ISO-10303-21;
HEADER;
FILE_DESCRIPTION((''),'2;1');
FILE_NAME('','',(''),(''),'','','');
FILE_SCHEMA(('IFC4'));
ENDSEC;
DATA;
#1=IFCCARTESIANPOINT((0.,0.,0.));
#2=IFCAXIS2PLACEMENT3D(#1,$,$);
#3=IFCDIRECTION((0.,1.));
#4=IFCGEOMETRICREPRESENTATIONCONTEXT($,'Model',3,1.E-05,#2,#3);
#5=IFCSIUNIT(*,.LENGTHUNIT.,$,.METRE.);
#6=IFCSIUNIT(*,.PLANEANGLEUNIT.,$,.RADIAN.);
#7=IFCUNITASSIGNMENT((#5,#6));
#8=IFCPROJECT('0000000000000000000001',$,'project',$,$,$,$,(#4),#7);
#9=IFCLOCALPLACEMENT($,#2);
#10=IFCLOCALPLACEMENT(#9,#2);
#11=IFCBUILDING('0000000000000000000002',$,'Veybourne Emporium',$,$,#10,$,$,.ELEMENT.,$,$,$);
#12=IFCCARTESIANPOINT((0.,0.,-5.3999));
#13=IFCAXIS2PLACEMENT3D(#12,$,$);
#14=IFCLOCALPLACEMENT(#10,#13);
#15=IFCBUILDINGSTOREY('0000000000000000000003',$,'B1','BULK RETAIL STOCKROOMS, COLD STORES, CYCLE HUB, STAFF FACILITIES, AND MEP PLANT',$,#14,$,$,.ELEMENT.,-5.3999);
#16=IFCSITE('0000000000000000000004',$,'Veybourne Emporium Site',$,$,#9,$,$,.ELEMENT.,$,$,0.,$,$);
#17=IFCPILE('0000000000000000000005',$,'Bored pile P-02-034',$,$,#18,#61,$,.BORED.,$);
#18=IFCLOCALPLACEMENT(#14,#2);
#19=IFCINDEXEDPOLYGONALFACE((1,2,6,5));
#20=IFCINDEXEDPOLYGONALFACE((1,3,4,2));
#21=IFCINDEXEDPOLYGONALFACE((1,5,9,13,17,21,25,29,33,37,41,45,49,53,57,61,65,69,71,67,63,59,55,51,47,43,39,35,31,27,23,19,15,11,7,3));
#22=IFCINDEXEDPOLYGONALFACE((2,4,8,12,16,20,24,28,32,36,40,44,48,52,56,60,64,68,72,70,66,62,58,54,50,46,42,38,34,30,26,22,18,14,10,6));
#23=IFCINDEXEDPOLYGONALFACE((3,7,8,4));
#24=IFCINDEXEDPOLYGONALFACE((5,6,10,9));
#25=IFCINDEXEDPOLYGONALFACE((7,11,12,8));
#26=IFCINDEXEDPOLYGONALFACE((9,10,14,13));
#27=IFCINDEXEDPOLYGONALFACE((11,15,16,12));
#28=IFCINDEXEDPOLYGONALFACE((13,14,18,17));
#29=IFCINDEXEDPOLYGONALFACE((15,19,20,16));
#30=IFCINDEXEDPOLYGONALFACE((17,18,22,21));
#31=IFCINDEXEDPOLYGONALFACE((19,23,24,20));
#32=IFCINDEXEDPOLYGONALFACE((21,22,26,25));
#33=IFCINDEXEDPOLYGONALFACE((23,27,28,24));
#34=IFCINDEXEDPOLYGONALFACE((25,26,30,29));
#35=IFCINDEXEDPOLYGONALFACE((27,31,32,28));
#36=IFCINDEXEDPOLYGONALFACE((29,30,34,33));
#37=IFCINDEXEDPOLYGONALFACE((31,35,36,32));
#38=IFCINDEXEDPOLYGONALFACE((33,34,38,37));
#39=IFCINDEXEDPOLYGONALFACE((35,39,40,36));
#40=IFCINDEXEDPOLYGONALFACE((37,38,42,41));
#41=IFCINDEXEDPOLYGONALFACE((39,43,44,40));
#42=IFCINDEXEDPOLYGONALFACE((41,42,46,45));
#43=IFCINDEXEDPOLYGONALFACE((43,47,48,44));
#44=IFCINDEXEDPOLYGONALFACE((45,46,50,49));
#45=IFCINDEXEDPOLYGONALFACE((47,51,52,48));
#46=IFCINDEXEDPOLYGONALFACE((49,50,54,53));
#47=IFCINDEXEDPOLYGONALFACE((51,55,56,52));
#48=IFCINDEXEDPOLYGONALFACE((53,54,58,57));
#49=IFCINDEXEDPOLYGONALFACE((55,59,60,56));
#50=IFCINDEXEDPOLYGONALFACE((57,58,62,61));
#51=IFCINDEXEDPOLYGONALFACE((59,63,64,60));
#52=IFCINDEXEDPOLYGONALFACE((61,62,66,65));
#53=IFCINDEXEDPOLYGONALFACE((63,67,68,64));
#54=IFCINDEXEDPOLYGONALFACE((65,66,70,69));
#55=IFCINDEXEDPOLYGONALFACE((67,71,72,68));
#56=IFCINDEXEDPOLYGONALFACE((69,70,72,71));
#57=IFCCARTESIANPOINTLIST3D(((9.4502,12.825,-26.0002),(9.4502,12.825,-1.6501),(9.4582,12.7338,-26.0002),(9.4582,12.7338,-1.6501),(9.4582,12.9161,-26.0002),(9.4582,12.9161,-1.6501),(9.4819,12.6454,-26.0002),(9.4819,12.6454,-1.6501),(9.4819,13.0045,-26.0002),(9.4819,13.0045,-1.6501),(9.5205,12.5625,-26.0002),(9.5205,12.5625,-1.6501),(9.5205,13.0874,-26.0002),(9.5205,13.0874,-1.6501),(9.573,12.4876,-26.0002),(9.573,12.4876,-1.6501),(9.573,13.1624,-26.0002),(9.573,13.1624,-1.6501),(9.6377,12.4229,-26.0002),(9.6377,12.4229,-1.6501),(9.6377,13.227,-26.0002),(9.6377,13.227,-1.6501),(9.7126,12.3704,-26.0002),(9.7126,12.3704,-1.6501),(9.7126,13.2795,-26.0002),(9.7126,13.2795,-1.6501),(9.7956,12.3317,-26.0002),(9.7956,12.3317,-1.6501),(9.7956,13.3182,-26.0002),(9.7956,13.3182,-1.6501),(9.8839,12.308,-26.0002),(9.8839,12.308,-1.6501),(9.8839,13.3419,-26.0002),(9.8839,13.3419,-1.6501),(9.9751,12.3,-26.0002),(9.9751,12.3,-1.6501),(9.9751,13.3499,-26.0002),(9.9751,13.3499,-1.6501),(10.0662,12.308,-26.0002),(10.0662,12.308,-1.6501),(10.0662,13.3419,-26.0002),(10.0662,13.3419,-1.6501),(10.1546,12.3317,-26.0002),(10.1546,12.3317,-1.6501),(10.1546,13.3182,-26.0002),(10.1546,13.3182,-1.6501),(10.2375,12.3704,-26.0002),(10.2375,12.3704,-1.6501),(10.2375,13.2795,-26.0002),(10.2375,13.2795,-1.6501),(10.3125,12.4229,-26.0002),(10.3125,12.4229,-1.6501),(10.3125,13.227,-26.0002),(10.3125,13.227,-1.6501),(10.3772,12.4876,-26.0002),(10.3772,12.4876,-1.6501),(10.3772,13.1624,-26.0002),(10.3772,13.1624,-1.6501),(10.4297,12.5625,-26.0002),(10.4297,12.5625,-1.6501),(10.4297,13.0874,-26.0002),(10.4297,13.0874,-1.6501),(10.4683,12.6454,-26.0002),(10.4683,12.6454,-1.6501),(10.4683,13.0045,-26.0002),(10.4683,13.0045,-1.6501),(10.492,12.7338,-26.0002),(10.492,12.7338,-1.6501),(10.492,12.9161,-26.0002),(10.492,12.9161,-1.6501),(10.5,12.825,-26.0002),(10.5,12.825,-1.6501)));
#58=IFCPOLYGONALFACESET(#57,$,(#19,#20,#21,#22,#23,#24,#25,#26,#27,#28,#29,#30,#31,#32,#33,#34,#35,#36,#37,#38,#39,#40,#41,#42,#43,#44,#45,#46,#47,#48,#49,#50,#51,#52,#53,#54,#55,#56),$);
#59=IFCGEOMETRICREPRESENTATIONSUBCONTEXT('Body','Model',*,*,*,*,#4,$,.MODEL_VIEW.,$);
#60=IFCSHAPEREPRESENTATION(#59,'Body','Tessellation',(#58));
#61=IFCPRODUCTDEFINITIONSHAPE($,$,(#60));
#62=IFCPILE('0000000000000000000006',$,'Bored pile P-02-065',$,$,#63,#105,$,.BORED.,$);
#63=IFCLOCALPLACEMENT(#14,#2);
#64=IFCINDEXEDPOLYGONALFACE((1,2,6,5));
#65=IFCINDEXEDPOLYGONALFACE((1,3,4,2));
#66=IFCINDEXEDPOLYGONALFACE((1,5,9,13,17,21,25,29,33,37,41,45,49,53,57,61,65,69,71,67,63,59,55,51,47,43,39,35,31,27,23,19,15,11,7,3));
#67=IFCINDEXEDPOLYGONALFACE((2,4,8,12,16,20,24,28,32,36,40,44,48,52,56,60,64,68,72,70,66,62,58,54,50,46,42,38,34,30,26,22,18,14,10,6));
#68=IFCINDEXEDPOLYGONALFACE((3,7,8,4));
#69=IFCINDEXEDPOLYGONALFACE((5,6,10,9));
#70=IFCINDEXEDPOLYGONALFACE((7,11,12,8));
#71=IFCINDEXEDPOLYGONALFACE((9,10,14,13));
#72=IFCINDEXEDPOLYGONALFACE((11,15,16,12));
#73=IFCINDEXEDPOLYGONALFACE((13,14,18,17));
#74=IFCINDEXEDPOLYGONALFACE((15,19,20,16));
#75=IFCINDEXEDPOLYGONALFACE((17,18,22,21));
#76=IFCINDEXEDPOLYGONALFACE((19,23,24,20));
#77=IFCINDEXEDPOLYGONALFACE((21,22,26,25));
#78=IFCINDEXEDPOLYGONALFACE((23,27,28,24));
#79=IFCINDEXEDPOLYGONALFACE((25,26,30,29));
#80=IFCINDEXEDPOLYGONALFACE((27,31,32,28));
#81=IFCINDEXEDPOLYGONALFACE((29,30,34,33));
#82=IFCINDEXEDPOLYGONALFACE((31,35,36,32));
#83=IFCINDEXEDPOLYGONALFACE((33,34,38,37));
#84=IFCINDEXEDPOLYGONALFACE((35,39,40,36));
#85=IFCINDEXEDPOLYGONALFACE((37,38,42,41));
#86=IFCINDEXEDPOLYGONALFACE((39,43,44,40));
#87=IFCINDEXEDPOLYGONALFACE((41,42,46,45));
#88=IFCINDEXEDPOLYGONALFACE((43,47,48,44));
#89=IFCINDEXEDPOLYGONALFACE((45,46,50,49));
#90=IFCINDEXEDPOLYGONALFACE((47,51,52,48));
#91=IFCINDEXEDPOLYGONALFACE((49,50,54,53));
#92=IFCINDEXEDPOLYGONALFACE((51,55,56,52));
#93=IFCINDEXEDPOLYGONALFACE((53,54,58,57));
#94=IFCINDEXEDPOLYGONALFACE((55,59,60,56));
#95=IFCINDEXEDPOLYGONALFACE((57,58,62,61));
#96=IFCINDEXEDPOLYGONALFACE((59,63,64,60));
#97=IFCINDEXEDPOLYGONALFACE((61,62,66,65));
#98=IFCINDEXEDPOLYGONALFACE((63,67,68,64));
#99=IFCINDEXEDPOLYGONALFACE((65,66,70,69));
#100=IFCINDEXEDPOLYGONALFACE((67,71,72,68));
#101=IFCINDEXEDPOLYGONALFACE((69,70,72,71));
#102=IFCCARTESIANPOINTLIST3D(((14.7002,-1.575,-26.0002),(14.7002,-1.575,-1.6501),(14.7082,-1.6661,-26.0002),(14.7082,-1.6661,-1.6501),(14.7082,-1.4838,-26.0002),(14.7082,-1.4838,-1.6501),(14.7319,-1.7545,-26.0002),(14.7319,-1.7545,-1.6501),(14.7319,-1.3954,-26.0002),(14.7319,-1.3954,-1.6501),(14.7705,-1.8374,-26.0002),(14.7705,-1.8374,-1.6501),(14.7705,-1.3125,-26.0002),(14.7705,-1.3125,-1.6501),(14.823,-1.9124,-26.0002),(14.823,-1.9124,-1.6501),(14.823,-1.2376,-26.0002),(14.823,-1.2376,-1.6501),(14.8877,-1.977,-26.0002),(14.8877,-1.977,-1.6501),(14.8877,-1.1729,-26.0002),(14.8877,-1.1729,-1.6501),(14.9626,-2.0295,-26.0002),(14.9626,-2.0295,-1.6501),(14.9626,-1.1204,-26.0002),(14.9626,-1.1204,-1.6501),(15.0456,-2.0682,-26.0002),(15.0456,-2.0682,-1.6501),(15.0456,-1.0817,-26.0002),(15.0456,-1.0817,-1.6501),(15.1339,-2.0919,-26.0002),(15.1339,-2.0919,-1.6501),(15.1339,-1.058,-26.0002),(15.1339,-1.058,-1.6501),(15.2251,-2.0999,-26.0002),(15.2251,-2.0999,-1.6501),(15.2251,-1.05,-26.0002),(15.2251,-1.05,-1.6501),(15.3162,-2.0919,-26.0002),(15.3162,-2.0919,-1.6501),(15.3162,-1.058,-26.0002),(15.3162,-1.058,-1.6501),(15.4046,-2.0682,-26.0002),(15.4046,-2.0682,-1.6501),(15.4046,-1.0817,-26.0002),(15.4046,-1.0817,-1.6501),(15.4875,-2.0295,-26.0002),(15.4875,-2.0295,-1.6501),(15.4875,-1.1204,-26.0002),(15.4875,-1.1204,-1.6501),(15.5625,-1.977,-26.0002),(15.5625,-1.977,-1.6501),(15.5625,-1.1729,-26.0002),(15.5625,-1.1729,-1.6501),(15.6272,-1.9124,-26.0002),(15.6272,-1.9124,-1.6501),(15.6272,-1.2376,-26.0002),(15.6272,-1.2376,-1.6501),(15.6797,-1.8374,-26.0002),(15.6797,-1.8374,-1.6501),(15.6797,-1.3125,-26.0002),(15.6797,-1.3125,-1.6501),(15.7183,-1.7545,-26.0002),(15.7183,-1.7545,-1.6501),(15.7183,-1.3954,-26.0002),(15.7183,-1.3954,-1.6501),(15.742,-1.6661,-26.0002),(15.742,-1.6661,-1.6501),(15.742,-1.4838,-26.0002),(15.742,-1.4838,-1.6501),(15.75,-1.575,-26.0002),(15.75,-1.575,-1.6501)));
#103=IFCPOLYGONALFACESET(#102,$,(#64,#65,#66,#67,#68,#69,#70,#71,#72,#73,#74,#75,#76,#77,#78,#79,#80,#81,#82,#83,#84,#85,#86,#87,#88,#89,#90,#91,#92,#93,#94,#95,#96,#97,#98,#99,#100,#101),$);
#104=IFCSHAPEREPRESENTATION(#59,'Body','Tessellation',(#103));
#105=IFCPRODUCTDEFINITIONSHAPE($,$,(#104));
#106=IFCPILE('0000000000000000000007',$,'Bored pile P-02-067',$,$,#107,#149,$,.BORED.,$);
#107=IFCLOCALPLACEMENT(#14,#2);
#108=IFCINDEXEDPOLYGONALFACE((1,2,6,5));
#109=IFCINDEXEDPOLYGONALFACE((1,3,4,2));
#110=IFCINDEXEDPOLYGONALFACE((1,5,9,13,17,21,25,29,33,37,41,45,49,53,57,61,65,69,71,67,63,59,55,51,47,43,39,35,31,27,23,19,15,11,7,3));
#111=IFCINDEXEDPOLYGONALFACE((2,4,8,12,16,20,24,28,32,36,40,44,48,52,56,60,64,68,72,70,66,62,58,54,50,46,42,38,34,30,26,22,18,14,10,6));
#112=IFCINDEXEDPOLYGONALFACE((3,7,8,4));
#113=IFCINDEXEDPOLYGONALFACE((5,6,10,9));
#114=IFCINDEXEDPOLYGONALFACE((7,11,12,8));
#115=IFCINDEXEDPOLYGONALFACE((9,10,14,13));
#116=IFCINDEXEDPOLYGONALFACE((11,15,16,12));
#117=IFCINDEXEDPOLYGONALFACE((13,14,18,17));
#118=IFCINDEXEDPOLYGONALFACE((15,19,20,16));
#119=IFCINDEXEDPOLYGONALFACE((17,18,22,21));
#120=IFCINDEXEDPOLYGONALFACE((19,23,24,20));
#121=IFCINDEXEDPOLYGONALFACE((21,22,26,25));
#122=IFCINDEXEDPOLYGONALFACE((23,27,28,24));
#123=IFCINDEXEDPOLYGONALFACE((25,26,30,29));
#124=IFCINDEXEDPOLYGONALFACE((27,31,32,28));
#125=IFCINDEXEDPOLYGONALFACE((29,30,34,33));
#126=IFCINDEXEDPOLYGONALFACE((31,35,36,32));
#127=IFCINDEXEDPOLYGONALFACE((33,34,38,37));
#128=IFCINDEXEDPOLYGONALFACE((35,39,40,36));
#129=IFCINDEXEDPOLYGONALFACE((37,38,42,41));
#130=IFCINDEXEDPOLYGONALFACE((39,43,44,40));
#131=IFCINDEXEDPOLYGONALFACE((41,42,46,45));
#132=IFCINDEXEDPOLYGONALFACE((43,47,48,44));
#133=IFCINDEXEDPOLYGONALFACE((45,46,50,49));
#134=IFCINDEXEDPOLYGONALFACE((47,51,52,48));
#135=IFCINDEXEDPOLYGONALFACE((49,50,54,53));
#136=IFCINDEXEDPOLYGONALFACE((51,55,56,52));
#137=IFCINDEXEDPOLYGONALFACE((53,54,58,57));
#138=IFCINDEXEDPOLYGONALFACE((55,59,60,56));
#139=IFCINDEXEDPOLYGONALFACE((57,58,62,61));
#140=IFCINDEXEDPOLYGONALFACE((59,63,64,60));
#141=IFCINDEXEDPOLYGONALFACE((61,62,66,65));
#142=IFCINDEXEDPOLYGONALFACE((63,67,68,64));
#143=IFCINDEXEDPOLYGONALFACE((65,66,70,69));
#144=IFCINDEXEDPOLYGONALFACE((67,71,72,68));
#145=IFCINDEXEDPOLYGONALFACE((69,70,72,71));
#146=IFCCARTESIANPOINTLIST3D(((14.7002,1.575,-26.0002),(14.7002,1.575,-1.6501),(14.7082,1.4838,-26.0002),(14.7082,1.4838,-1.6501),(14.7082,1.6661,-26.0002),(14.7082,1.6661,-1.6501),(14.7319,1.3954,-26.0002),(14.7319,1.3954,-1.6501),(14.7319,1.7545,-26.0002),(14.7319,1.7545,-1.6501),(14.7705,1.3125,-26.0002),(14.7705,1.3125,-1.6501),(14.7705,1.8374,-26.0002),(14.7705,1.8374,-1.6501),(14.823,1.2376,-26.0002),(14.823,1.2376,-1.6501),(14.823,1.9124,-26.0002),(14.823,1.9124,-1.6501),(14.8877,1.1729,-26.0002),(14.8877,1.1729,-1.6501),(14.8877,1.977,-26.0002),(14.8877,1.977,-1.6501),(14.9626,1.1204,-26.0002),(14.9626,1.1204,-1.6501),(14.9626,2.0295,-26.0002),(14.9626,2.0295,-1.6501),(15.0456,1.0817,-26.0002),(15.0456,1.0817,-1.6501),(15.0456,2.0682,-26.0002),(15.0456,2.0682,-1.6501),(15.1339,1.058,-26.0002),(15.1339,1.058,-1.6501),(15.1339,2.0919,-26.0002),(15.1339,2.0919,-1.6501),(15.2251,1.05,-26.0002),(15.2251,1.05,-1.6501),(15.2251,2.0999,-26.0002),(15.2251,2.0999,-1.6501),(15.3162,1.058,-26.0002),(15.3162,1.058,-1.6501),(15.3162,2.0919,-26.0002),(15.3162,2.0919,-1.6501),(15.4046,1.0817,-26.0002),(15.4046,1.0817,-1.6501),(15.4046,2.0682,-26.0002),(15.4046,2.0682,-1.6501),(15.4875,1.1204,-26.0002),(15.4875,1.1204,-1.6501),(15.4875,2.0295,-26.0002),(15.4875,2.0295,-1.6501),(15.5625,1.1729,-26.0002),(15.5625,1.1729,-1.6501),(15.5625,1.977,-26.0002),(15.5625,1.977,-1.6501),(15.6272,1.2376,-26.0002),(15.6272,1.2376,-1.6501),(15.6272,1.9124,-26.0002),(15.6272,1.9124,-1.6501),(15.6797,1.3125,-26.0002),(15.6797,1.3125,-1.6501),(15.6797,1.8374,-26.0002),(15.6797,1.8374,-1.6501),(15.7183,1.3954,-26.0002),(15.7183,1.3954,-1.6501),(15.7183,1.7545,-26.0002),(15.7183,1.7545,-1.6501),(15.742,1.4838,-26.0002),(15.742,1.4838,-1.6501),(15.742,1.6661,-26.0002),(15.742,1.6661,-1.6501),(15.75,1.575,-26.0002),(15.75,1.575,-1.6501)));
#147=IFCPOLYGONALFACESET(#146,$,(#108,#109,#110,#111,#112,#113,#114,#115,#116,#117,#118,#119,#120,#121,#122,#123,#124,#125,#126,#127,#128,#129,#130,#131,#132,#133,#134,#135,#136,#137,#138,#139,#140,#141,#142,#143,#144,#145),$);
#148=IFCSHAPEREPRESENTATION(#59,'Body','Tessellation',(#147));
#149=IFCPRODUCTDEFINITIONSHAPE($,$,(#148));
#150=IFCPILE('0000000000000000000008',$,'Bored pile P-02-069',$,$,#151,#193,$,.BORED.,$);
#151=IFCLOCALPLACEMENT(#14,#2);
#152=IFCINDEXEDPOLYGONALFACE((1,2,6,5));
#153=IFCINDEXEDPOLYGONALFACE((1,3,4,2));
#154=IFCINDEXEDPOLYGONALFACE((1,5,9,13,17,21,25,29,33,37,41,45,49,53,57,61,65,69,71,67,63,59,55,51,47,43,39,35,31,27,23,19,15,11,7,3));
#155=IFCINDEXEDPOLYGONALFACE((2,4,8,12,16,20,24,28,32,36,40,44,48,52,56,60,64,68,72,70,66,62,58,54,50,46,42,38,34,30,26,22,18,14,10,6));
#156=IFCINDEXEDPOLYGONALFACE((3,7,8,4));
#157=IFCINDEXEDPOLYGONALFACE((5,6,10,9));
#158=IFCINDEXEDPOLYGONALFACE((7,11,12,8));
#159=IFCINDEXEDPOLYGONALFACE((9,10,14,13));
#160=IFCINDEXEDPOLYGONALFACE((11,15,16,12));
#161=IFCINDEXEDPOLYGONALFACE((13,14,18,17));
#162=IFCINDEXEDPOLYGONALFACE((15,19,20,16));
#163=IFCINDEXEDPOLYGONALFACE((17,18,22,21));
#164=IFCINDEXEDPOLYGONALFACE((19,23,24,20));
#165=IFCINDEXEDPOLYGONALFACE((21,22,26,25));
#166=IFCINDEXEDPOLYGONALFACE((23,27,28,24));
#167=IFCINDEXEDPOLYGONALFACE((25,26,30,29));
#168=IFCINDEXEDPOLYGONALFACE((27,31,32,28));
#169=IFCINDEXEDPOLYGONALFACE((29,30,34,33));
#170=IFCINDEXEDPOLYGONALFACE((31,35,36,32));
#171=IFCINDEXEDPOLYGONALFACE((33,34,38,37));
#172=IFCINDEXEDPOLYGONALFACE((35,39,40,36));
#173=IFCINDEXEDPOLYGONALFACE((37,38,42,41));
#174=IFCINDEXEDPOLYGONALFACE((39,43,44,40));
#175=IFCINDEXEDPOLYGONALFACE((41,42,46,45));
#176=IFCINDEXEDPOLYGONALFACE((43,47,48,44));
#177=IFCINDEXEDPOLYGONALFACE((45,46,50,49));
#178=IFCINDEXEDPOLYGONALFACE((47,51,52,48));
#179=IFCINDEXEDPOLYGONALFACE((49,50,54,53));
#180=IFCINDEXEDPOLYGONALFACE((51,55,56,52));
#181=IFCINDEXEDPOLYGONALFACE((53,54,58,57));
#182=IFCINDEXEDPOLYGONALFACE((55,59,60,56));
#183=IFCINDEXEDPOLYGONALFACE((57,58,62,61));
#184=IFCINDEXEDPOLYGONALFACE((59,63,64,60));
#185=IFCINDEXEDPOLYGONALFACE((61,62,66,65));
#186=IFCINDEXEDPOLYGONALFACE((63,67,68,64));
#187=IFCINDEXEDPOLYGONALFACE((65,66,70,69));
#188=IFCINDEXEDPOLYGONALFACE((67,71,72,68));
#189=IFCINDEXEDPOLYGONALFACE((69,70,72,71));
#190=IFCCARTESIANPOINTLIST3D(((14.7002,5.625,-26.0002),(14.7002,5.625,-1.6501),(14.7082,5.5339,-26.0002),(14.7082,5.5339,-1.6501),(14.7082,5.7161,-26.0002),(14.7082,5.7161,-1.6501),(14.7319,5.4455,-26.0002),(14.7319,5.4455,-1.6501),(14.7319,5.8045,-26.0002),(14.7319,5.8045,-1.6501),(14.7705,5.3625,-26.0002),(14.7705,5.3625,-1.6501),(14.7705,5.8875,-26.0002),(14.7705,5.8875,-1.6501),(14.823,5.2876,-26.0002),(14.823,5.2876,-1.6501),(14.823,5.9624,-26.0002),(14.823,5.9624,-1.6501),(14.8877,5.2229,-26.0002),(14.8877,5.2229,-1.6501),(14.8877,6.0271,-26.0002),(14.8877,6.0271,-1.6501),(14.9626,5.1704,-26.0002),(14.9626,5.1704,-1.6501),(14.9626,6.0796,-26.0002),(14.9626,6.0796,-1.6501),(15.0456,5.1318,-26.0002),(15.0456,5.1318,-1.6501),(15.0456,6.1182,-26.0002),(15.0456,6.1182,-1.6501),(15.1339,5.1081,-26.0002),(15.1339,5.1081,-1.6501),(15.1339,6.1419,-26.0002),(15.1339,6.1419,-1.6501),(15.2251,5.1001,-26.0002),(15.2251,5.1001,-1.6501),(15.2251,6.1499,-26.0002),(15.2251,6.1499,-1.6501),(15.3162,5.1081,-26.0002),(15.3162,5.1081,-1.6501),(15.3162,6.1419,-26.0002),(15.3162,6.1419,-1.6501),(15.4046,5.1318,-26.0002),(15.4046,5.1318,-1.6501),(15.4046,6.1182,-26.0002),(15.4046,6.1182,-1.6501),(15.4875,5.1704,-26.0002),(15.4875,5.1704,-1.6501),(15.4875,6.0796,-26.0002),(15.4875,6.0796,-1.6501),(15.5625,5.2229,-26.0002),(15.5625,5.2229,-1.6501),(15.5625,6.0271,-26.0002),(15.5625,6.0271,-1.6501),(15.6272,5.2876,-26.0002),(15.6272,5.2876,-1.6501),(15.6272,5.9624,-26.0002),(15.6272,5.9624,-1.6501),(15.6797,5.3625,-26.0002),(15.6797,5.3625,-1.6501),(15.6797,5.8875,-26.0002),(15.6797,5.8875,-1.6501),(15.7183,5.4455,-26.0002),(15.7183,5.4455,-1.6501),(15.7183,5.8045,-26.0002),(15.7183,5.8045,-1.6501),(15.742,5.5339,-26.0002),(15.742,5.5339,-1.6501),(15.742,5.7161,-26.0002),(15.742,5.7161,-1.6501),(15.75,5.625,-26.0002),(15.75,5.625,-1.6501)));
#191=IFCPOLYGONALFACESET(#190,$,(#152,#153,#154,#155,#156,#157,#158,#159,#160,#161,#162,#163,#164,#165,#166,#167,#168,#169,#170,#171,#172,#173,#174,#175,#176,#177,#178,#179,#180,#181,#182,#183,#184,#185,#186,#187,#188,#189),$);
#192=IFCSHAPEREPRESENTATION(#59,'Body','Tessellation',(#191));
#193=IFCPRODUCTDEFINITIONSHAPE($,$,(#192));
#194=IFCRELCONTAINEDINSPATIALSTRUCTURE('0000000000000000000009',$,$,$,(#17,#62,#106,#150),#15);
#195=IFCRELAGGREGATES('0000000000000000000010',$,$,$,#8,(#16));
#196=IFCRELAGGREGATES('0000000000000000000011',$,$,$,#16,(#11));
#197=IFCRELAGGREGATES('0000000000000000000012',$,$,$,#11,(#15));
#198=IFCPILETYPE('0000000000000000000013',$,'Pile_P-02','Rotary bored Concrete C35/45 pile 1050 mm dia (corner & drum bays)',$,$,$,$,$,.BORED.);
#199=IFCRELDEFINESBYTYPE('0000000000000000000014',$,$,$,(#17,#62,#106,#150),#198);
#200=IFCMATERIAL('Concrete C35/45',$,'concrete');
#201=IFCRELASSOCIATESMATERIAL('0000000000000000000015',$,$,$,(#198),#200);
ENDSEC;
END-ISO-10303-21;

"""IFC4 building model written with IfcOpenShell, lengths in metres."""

from ifc_helpers import new_model, si_unit, direction, frame, origin, origin_2d, place, context, subcontext, project, spatial, circle, extrude, material, material_profile, profile_set, type_object, element, save


model = new_model("IFC4")

# Units and contexts
model_context = context("Model", 3, precision=1e-05, world=origin(), true_north=direction((0.0, 1.0)))
body_context = subcontext(model_context, "Body", "Model", "MODEL_VIEW")
ifc_project = project(units=[si_unit("LENGTHUNIT", "METRE"), si_unit("PLANEANGLEUNIT", "RADIAN")], contexts=[model_context])

# Site, building, storey
site_placement = place(None, origin())
site = spatial("IfcSite", under=ifc_project, at=site_placement, Name="Veybourne Emporium Site", CompositionType="ELEMENT", RefElevation=0.0)
building_placement = place(site_placement, origin())
building = spatial("IfcBuilding", under=site, at=building_placement, Name="Veybourne Emporium", CompositionType="ELEMENT")
storey_placement = place(building_placement, frame((0.0, 0.0, -5.3999)))
storey = spatial("IfcBuildingStorey", under=building, at=storey_placement, Name="B1", Description="BULK RETAIL STOCKROOMS, COLD STORES, CYCLE HUB, STAFF FACILITIES, AND MEP PLANT", CompositionType="ELEMENT", Elevation=-5.3999)

# Shared definitions
ifc_material_1 = material(Name="Concrete C35/45", Category="concrete")

# Piles
ifc_material_profile_1 = material_profile(ifc_material_1, circle(Radius=0.5249, at=origin_2d()), Name="BORED PILE 1050")
ifc_profile_set_1 = profile_set([ifc_material_profile_1], Name="Concrete C35/45")
pile_type = type_object("IfcPileType", Name="Pile_P-02", Description="Rotary bored Concrete C35/45 pile 1050 mm dia (corner & drum bays)", PredefinedType="BORED", material=ifc_profile_set_1)
for number, where, z_axis, x_axis, name in (
    (1, (9.9751, 12.825, -1.6501), (0.0, 0.0, -1.0), (1.0, 0.0, 0.0), "Bored pile P-02-034"),
    (2, (15.2251, -1.575, -1.6501), (0.0, 0.0, -1.0), (1.0, 0.0, 0.0), "Bored pile P-02-065"),
    (3, (15.2251, 1.575, -1.6501), (0.0, 0.0, -1.0), (1.0, 0.0, 0.0), "Bored pile P-02-067"),
    (4, (15.2251, 5.625, -1.6501), (0.0, 0.0, -1.0), (1.0, 0.0, 0.0), "Bored pile P-02-069"),
):
    element("IfcPile", number, at=place(storey_placement, frame(where, z_axis=z_axis, x_axis=x_axis)), inside=storey, type_object=pile_type, Name=name, PredefinedType="BORED", context=body_context, shape_type="SweptSolid", body=[
        extrude(circle(Radius=0.5249, at=origin_2d()), origin(), (0.0, 0.0, 1.0), 24.3501),
    ])

save(model, "model.ifc")
